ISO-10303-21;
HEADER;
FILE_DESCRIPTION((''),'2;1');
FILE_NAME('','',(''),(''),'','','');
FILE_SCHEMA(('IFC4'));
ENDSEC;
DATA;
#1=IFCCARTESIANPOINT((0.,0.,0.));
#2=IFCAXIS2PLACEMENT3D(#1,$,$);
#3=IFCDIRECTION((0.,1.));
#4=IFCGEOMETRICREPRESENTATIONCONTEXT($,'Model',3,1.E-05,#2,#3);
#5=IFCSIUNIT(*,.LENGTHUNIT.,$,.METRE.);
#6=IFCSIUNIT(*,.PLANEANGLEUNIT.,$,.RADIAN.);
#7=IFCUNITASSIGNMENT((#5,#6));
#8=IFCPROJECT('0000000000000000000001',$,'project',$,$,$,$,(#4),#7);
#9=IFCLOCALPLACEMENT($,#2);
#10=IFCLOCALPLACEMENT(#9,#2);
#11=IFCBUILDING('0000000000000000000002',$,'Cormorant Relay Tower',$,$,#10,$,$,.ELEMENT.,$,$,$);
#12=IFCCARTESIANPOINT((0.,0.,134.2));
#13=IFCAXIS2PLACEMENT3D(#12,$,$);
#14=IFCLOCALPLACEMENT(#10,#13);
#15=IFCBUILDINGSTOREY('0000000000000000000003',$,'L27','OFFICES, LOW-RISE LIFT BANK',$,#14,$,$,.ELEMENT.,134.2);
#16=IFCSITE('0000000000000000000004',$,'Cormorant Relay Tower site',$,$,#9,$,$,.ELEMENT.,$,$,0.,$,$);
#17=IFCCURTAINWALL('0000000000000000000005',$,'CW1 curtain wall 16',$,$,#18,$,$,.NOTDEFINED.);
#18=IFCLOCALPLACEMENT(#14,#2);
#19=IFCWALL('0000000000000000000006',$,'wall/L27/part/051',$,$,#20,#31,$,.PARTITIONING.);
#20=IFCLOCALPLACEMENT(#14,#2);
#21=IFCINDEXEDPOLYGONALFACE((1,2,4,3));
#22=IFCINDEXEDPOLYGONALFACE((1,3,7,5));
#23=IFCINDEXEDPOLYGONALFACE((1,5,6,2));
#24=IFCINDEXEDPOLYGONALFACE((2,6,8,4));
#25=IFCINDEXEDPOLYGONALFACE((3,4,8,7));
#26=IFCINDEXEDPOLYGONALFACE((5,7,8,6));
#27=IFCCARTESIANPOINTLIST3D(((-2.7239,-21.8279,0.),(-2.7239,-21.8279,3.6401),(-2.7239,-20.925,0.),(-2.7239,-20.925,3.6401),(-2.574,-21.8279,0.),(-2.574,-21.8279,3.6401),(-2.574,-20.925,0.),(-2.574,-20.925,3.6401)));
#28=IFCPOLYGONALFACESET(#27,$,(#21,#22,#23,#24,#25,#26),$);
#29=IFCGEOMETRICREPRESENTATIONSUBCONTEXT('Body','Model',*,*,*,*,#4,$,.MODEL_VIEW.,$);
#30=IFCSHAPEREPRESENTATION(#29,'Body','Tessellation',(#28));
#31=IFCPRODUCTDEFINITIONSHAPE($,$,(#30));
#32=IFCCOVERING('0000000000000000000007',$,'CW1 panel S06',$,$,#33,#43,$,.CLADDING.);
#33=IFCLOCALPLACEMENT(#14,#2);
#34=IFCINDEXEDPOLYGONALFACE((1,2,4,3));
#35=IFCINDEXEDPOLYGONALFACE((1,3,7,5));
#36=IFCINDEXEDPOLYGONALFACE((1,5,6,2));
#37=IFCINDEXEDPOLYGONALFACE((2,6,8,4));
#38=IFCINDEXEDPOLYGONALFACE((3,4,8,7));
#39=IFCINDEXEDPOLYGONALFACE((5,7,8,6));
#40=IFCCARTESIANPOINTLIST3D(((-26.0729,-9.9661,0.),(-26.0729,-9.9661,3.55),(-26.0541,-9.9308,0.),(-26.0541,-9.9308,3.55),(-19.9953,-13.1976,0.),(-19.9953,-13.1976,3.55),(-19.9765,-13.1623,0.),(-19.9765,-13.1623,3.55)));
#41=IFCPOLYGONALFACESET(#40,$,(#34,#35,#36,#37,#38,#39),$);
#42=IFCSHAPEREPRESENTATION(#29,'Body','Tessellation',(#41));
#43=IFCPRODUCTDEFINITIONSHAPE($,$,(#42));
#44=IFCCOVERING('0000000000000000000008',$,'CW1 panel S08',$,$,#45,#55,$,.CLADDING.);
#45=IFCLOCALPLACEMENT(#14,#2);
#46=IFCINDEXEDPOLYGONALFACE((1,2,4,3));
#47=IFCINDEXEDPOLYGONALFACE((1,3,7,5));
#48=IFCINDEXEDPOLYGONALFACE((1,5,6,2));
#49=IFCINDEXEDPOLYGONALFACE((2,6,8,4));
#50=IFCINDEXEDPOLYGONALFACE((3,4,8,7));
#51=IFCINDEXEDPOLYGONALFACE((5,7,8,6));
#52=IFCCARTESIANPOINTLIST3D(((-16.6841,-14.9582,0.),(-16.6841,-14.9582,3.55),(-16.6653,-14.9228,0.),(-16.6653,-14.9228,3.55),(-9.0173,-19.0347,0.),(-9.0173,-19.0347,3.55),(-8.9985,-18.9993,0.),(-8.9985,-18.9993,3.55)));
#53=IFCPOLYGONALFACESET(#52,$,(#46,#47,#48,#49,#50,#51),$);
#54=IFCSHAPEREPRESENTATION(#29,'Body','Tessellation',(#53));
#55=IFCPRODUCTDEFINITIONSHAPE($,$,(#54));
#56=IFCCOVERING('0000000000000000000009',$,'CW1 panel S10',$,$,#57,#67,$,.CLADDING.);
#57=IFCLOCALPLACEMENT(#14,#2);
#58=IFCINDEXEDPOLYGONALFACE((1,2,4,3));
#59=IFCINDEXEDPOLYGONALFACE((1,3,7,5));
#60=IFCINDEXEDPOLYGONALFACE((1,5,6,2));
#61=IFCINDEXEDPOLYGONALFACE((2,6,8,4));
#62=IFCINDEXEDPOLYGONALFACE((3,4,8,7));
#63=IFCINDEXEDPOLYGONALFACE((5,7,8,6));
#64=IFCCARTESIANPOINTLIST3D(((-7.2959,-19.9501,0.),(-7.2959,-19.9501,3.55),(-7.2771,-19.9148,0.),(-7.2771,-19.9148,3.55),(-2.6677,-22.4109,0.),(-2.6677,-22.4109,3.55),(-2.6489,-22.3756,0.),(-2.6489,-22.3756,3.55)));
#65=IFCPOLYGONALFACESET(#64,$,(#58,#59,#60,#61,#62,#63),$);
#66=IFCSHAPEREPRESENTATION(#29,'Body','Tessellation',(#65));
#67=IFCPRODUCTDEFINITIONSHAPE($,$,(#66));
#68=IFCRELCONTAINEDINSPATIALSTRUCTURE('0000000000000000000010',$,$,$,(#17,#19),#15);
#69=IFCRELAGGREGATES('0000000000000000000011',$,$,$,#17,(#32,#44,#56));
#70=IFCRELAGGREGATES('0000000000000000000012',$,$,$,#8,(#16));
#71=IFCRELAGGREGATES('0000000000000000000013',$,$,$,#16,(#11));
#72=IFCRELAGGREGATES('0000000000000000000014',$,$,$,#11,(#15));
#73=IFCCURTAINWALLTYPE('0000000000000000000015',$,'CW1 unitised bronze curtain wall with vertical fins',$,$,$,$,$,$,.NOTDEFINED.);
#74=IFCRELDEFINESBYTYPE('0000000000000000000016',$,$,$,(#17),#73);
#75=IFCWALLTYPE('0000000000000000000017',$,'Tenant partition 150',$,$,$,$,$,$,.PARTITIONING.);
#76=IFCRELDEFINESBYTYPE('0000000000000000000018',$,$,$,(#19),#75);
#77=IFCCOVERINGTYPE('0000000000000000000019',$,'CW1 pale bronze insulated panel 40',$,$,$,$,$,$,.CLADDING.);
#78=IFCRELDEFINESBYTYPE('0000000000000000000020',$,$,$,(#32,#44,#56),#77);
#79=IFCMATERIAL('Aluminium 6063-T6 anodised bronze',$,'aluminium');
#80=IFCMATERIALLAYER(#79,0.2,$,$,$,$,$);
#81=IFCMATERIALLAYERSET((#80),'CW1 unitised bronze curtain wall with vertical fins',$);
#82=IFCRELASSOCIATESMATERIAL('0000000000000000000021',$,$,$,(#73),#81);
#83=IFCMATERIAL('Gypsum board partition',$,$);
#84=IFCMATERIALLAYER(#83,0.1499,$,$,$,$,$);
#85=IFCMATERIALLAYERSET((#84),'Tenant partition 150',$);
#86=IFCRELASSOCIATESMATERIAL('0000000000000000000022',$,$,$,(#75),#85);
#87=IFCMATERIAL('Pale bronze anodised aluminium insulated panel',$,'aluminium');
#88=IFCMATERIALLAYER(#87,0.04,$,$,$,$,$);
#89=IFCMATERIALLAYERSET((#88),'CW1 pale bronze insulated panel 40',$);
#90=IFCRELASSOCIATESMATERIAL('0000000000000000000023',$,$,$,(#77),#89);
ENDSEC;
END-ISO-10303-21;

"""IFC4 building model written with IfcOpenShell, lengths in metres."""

from ifc_helpers import new_model, si_unit, direction, frame, frame_2d, origin, origin_2d, place, context, subcontext, project, spatial, rectangle, extrude, material, layer, layer_set, type_object, element, aggregate, save


model = new_model("IFC4")

# Units and contexts
model_context = context("Model", 3, precision=1e-05, world=origin(), true_north=direction((0.0, 1.0)))
body_context = subcontext(model_context, "Body", "Model", "MODEL_VIEW")
ifc_project = project(units=[si_unit("LENGTHUNIT", "METRE"), si_unit("PLANEANGLEUNIT", "RADIAN")], contexts=[model_context])

# Site, building, storey
site_placement = place(None, origin())
site = spatial("IfcSite", under=ifc_project, at=site_placement, Name="Cormorant Relay Tower site", CompositionType="ELEMENT", RefElevation=0.0)
building_placement = place(site_placement, origin())
building = spatial("IfcBuilding", under=site, at=building_placement, Name="Cormorant Relay Tower", CompositionType="ELEMENT")
storey_placement = place(building_placement, frame((0.0, 0.0, 134.2)))
storey = spatial("IfcBuildingStorey", under=building, at=storey_placement, Name="L27", Description="OFFICES, LOW-RISE LIFT BANK", CompositionType="ELEMENT", Elevation=134.2)

# Shared definitions
ifc_material_1 = material(Name="Aluminium 6063-T6 anodised bronze", Category="aluminium")
ifc_layer_1 = layer(ifc_material_1, 0.2)
ifc_layer_set_1 = layer_set([ifc_layer_1], Name="CW1 unitised bronze curtain wall with vertical fins")
curtain_wall_type = type_object("IfcCurtainWallType", Name="CW1 unitised bronze curtain wall with vertical fins", PredefinedType="NOTDEFINED", material=ifc_layer_set_1)

# Curtain wall
curtain_wall_1_placement = place(storey_placement, origin())
curtain_wall_1 = element("IfcCurtainWall", 1, at=curtain_wall_1_placement, inside=storey, type_object=curtain_wall_type, Name="CW1 curtain wall 16", PredefinedType="NOTDEFINED")

# Wall
ifc_material_2 = material(Name="Gypsum board partition")
ifc_layer_2 = layer(ifc_material_2, 0.1499)
ifc_layer_set_2 = layer_set([ifc_layer_2], Name="Tenant partition 150")
wall_type_1 = type_object("IfcWallType", Name="Tenant partition 150", PredefinedType="PARTITIONING", material=ifc_layer_set_2)
wall_1_placement = place(storey_placement, frame((-2.6489, -20.925, 0.0), z_axis=(0.0, 0.0, 1.0), x_axis=(0.0, -1.0, 0.0)))
element("IfcWall", 2, at=wall_1_placement, inside=storey, type_object=wall_type_1, Name="wall/L27/part/051", PredefinedType="PARTITIONING", context=body_context, shape_type="SweptSolid", body=[
    extrude(rectangle(XDim=0.9028, YDim=0.1499, at=frame_2d((0.4514, 0.0))), origin(), (0.0, 0.0, 1.0), 3.6401),
])

# Coverings
ifc_material_3 = material(Name="Pale bronze anodised aluminium insulated panel", Category="aluminium")
ifc_layer_3 = layer(ifc_material_3, 0.04)
ifc_layer_set_3 = layer_set([ifc_layer_3], Name="CW1 pale bronze insulated panel 40")
covering_type = type_object("IfcCoveringType", Name="CW1 pale bronze insulated panel 40", PredefinedType="CLADDING", material=ifc_layer_set_3)
covering_1_placement = place(storey_placement, frame((-23.0247, -11.5642, 0.0), z_axis=(0.0, 0.0, 1.0), x_axis=(0.882948, -0.469472, 0.0)))
covering_1 = element("IfcCovering", 3, at=covering_1_placement, type_object=covering_type, Name="CW1 panel S06", PredefinedType="CLADDING", context=body_context, shape_type="SweptSolid", body=[
    extrude(rectangle(XDim=6.8833, YDim=0.04, at=origin_2d()), origin(), (0.0, 0.0, 1.0), 3.55),
])
covering_2_placement = place(storey_placement, frame((-12.8413, -16.9788, 0.0), z_axis=(0.0, 0.0, 1.0), x_axis=(0.882948, -0.469472, 0.0)))
covering_2 = element("IfcCovering", 4, at=covering_2_placement, type_object=covering_type, Name="CW1 panel S08", PredefinedType="CLADDING", context=body_context, shape_type="SweptSolid", body=[
    extrude(rectangle(XDim=8.6831, YDim=0.04, at=origin_2d()), origin(), (0.0, 0.0, 1.0), 3.55),
])
covering_3_placement = place(storey_placement, frame((-4.9724, -21.1628, 0.0), z_axis=(0.0, 0.0, 1.0), x_axis=(0.882948, -0.469472, 0.0)))
covering_3 = element("IfcCovering", 5, at=covering_3_placement, type_object=covering_type, Name="CW1 panel S10", PredefinedType="CLADDING", context=body_context, shape_type="SweptSolid", body=[
    extrude(rectangle(XDim=5.2417, YDim=0.04, at=origin_2d()), origin(), (0.0, 0.0, 1.0), 3.55),
])
aggregate(curtain_wall_1, [covering_1, covering_2, covering_3])

save(model, "model.ifc")
